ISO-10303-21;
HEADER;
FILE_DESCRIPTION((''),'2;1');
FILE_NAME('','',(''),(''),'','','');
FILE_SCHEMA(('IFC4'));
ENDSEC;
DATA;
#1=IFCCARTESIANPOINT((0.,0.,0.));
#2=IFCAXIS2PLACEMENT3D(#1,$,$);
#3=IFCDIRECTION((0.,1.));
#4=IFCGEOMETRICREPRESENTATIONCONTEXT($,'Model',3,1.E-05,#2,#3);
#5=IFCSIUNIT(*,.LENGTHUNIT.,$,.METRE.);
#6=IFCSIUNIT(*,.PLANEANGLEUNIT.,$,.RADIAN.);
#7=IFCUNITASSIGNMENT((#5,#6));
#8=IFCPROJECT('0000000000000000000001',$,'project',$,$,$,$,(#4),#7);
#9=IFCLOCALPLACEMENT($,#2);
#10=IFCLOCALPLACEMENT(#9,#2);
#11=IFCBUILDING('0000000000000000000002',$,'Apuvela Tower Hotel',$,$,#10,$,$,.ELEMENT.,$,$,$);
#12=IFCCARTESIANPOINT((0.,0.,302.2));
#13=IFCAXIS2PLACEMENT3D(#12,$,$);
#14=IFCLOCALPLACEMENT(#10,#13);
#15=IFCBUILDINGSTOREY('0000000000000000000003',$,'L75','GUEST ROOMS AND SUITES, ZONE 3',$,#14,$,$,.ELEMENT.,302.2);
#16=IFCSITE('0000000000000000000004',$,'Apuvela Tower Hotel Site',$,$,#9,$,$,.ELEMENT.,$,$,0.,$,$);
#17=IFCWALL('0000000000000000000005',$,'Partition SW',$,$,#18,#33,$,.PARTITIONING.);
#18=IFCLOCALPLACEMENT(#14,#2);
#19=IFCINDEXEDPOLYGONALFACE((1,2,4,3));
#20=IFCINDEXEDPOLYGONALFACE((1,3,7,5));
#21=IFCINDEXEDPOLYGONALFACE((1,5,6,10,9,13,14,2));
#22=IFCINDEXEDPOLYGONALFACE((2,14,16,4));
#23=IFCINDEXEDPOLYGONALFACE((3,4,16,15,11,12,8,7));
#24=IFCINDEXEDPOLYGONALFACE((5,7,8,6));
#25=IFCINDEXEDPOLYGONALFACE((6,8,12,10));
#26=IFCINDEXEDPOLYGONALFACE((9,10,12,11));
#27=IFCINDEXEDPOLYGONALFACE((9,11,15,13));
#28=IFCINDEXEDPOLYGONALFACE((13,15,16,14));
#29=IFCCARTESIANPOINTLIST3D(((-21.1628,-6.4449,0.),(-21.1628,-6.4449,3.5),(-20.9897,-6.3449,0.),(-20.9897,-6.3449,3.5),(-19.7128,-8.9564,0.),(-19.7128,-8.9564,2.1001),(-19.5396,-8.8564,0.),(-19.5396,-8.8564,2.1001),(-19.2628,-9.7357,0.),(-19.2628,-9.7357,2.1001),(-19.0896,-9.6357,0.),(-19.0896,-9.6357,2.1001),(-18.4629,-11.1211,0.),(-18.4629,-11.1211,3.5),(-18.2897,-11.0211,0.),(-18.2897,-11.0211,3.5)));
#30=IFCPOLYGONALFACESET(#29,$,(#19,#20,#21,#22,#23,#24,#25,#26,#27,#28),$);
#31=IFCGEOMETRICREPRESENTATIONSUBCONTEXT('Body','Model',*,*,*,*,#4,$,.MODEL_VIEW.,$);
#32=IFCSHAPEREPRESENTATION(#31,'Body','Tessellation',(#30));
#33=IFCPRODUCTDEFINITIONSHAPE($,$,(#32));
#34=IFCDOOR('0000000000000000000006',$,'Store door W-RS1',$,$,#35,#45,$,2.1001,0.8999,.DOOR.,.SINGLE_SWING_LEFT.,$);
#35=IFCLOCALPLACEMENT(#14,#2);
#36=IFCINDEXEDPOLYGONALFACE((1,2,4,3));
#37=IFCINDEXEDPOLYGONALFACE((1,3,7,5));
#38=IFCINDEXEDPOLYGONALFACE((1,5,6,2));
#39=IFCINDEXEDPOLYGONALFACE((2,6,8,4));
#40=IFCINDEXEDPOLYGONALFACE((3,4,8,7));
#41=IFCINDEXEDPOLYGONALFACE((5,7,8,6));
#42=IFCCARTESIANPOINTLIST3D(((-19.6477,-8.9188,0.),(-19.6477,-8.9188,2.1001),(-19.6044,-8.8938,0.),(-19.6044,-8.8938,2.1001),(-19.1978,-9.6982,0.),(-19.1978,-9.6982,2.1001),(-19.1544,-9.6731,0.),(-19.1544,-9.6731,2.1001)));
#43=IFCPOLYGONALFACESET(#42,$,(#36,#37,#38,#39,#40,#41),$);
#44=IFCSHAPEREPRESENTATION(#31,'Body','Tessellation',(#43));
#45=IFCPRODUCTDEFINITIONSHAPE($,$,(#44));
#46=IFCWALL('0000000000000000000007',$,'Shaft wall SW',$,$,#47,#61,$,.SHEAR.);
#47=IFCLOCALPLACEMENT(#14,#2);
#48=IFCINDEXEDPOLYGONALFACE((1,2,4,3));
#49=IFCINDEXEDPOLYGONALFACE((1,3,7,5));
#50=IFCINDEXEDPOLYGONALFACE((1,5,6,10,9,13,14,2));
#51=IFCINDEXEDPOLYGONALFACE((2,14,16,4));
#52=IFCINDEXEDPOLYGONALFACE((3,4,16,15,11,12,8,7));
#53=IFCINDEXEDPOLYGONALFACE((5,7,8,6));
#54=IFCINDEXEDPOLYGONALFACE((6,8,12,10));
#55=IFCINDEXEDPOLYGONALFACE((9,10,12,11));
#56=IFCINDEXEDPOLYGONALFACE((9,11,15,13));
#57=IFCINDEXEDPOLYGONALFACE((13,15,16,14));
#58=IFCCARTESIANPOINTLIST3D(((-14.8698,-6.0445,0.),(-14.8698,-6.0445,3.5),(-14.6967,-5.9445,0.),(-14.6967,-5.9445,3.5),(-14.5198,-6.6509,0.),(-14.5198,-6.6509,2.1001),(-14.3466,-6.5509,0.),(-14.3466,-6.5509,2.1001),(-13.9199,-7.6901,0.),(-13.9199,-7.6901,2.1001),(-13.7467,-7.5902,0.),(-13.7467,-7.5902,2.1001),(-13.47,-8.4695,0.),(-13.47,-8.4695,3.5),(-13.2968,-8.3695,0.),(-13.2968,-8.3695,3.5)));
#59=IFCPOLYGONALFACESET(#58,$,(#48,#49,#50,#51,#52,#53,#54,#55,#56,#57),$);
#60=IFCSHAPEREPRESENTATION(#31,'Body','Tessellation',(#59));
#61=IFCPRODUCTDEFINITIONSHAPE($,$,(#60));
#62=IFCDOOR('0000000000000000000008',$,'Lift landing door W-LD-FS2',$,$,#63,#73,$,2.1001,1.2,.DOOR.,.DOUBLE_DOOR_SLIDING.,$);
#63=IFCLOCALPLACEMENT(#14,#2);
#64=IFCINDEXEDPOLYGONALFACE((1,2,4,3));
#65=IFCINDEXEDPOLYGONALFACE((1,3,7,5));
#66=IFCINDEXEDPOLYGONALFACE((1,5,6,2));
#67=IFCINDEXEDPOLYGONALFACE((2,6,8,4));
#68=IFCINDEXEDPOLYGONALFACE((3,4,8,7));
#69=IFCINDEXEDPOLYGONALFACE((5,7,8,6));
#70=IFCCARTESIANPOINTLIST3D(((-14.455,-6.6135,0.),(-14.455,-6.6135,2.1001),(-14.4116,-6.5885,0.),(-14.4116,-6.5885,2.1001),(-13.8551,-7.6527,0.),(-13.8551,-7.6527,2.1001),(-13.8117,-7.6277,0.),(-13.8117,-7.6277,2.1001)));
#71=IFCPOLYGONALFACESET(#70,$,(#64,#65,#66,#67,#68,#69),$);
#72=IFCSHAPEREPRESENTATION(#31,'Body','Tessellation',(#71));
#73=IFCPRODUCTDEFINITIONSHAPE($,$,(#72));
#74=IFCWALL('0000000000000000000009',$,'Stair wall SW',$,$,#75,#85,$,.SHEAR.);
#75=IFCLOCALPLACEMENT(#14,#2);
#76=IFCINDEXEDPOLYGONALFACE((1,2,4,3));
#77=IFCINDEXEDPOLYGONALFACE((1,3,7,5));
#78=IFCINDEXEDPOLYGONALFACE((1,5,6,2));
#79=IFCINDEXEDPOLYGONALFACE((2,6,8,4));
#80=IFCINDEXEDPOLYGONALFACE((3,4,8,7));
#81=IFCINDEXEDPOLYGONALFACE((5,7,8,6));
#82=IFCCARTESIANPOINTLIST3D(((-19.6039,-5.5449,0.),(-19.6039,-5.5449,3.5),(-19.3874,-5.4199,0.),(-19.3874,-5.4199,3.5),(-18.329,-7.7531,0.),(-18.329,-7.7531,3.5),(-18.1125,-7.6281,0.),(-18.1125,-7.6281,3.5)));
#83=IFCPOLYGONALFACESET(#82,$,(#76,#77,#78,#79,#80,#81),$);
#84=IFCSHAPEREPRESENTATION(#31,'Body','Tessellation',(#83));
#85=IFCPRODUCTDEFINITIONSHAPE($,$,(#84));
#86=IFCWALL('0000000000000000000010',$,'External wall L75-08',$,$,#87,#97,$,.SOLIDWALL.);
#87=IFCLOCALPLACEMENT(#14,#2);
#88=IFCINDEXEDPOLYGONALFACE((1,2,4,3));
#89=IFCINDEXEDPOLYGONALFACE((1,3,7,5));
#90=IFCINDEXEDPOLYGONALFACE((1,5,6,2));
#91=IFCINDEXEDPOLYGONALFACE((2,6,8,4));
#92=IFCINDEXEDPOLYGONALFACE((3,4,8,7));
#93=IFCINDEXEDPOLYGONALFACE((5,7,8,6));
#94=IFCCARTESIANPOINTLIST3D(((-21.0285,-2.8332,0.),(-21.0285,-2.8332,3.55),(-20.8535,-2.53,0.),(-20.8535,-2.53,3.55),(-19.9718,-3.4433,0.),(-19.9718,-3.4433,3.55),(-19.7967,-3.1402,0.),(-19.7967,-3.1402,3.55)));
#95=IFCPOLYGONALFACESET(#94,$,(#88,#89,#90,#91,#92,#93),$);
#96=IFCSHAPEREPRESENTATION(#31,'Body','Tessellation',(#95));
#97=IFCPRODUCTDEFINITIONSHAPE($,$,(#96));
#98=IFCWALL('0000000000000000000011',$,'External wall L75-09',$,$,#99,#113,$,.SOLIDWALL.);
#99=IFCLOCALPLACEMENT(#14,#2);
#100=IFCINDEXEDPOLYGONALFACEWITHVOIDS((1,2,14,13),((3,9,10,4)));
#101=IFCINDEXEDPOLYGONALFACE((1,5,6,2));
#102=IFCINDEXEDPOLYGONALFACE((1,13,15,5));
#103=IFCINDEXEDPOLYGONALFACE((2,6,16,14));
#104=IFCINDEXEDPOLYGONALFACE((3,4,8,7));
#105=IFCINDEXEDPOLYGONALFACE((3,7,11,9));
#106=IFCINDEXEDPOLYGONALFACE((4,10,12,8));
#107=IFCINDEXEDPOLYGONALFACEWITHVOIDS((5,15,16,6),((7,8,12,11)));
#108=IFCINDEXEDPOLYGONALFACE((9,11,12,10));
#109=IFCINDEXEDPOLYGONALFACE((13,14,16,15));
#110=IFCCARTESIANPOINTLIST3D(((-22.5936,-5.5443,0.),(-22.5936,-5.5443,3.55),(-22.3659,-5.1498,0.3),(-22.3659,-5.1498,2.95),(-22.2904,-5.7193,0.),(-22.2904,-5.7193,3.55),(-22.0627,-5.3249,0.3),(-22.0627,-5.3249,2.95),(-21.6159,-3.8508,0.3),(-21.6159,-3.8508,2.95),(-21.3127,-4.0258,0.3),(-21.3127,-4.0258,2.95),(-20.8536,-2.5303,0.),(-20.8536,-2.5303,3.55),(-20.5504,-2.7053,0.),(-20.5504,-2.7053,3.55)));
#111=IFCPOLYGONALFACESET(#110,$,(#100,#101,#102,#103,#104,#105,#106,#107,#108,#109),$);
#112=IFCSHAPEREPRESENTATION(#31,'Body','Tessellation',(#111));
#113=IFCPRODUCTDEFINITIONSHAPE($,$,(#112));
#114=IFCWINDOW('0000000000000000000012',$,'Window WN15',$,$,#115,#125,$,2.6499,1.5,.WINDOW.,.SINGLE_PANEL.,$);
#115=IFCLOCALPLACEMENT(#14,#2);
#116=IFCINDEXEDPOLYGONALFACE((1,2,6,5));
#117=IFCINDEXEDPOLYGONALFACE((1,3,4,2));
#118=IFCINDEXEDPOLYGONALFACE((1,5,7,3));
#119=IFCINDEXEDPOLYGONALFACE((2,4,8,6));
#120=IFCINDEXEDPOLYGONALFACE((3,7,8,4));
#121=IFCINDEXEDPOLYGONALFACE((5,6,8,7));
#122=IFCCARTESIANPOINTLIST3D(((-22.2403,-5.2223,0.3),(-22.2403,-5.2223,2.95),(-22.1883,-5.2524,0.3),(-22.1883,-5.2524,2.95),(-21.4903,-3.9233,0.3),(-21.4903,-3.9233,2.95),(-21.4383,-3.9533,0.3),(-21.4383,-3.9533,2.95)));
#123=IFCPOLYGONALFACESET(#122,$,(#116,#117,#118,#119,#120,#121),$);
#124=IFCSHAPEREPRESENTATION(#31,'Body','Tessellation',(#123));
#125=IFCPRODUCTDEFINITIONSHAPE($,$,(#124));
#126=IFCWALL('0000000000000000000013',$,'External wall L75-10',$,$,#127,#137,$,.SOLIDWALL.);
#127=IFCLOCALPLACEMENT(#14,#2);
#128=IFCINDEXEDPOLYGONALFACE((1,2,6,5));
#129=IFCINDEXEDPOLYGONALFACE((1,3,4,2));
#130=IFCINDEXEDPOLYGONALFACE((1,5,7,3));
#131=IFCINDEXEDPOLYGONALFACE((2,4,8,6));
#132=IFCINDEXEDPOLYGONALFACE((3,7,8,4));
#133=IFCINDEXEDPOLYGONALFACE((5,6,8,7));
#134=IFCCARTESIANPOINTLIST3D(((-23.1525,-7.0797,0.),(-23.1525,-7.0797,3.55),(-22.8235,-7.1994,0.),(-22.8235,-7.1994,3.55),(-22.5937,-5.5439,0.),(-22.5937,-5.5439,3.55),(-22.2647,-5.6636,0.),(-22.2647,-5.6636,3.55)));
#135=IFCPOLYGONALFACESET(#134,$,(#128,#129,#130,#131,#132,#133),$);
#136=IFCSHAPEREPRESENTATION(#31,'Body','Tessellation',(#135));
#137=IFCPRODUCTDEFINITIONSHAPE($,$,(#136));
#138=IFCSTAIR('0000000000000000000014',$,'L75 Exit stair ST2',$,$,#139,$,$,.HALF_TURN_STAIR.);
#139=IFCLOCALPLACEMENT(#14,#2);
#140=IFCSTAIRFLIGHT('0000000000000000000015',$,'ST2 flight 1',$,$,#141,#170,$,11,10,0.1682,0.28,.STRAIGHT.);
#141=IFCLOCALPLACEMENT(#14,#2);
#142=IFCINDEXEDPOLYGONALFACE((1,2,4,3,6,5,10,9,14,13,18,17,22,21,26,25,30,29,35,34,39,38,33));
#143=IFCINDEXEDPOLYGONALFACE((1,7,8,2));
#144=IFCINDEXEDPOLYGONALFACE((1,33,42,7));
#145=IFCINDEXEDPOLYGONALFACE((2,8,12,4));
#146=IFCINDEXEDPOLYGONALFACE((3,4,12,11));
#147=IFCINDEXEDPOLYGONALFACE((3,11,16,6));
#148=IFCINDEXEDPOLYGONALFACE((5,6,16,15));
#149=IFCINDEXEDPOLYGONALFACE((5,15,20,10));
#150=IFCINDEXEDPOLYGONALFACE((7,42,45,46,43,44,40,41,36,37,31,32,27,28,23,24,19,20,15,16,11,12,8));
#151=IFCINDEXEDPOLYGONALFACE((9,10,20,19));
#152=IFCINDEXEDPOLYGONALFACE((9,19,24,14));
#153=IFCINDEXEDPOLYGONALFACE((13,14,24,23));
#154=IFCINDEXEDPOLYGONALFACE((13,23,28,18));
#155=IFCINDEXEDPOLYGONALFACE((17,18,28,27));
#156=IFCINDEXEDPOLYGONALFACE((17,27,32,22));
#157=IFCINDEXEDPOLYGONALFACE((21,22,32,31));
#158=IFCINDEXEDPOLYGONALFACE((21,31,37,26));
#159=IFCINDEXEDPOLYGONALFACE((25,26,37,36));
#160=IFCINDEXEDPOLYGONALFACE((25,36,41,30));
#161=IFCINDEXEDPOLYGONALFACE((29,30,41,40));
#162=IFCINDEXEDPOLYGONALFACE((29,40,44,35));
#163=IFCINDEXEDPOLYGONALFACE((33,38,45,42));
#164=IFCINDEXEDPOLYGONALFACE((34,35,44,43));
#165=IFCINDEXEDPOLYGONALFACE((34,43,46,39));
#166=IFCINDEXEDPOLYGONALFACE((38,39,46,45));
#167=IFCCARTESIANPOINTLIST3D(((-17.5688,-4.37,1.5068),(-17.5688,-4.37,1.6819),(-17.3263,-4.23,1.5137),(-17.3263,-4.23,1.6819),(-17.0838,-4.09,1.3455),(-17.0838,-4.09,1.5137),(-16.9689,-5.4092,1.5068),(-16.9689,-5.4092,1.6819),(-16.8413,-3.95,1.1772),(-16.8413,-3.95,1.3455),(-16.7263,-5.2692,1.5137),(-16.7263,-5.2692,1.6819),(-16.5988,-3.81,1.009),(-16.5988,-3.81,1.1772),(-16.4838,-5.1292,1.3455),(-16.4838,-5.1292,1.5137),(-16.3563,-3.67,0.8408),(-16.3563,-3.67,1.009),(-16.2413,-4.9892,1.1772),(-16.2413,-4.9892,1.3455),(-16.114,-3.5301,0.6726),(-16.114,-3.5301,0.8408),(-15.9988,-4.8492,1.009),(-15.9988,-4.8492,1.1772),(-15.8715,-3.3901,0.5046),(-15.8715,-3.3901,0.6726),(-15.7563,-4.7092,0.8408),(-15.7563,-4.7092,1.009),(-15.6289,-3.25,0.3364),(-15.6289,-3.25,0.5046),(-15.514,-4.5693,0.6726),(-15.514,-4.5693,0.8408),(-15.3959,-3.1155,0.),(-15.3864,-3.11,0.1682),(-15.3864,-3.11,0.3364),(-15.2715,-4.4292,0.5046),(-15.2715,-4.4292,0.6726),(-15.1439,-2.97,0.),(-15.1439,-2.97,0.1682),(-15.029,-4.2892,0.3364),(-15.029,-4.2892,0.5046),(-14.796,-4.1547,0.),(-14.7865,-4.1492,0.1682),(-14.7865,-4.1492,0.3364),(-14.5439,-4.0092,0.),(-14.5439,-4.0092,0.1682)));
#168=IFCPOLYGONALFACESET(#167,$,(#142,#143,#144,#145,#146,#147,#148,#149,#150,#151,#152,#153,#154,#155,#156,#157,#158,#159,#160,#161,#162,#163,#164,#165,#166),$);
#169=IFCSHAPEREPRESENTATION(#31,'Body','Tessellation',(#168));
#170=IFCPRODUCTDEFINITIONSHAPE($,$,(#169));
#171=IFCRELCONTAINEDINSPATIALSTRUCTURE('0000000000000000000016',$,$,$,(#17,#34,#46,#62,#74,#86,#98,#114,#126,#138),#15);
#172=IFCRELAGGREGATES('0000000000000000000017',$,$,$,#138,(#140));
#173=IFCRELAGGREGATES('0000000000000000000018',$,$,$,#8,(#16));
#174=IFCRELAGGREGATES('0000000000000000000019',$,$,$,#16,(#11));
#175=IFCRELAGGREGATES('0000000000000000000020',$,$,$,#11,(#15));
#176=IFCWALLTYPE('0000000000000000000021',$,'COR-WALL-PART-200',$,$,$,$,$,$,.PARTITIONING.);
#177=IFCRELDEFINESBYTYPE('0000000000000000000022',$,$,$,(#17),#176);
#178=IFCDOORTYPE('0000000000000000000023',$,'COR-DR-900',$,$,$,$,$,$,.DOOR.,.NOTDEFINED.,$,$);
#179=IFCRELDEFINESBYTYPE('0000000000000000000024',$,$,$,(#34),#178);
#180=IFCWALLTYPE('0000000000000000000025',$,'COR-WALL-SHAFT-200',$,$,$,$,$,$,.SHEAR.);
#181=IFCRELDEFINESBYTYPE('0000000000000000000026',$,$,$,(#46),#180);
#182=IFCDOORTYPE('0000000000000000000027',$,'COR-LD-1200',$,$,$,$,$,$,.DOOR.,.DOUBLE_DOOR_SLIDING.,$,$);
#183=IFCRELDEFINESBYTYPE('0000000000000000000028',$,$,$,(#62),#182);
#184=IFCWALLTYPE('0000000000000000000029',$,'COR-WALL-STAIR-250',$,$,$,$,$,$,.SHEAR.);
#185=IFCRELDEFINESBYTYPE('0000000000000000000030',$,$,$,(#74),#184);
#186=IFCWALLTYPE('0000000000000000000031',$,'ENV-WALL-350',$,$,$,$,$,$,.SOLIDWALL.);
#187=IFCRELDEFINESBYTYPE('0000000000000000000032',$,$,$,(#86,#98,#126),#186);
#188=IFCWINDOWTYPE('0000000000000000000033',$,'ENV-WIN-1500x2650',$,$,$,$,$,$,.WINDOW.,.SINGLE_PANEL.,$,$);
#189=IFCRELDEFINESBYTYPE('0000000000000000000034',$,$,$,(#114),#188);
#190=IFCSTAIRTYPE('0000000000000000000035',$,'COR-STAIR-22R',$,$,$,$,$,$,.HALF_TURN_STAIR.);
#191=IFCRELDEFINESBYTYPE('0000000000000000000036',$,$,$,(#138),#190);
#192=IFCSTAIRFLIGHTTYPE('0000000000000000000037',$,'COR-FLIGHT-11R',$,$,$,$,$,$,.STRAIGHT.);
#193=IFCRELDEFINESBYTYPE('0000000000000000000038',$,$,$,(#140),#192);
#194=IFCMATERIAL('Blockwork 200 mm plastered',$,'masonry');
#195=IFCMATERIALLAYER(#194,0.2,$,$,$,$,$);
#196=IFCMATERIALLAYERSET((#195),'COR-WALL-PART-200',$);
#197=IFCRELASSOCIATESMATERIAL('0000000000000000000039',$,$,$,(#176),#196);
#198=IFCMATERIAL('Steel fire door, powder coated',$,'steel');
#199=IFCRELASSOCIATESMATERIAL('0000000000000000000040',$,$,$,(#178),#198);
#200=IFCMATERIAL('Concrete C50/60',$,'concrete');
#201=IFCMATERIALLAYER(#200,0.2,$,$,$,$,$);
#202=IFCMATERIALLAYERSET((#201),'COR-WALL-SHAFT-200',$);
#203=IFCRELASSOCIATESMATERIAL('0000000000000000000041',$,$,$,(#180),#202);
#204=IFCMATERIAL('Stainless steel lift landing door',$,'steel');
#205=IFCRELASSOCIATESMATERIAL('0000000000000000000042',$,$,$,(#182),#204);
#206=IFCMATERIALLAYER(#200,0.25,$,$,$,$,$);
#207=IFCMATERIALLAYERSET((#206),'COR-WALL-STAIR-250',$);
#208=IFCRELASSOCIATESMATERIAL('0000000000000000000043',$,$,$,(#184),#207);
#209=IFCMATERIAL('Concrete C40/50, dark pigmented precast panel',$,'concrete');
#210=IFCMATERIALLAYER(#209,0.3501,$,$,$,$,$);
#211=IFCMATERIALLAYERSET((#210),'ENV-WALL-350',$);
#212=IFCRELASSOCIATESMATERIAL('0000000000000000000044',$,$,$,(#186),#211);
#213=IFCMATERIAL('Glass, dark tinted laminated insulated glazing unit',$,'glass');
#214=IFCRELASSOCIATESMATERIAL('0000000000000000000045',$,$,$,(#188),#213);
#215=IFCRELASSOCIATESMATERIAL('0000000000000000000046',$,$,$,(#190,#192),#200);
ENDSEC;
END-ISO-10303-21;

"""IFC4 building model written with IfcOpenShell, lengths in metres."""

from ifc_helpers import new_model, si_unit, direction, frame, frame_2d, origin, place, context, subcontext, project, spatial, polyline, rectangle, outline, extrude, material, layer, layer_set, type_object, element, fill, aggregate, save


model = new_model("IFC4")

# Units and contexts
model_context = context("Model", 3, precision=1e-05, world=origin(), true_north=direction((0.0, 1.0)))
body_context = subcontext(model_context, "Body", "Model", "MODEL_VIEW")
ifc_project = project(units=[si_unit("LENGTHUNIT", "METRE"), si_unit("PLANEANGLEUNIT", "RADIAN")], contexts=[model_context])

# Site, building, storey
site_placement = place(None, origin())
site = spatial("IfcSite", under=ifc_project, at=site_placement, Name="Apuvela Tower Hotel Site", CompositionType="ELEMENT", RefElevation=0.0)
building_placement = place(site_placement, origin())
building = spatial("IfcBuilding", under=site, at=building_placement, Name="Apuvela Tower Hotel", CompositionType="ELEMENT")
storey_placement = place(building_placement, frame((0.0, 0.0, 302.2)))
storey = spatial("IfcBuildingStorey", under=building, at=storey_placement, Name="L75", Description="GUEST ROOMS AND SUITES, ZONE 3", CompositionType="ELEMENT", Elevation=302.2)

# Shared definitions
ifc_material_1 = material(Name="Concrete C50/60", Category="concrete")
ifc_material_2 = material(Name="Steel fire door, powder coated", Category="steel")

# Walls, openings, doors
ifc_material_3 = material(Name="Blockwork 200 mm plastered", Category="masonry")
ifc_layer_1 = layer(ifc_material_3, 0.2)
ifc_layer_set_1 = layer_set([ifc_layer_1], Name="COR-WALL-PART-200")
wall_type_1 = type_object("IfcWallType", Name="COR-WALL-PART-200", PredefinedType="PARTITIONING", material=ifc_layer_set_1)
wall_1_placement = place(storey_placement, frame((-21.0762, -6.395, 0.0), z_axis=(0.0, 0.0, 1.0), x_axis=(0.500015, -0.866017, 0.0)))
wall_1 = element("IfcWall", 1, at=wall_1_placement, inside=storey, type_object=wall_type_1, Name="Partition SW", PredefinedType="PARTITIONING", context=body_context, shape_type="SweptSolid", body=[
    extrude(rectangle(XDim=5.3997, YDim=0.2, at=frame_2d((2.6997, 0.0))), origin(), (0.0, 0.0, 1.0), 3.5),
])
opening_1_placement = place(wall_1_placement, frame((2.8999, 0.0, 0.0)))
opening_1 = element("IfcOpeningElement", 2, at=opening_1_placement, cuts=wall_1, PredefinedType="OPENING", context=body_context, shape_type="SweptSolid", body=[
    extrude(rectangle(XDim=0.8999, YDim=2.1001, at=frame_2d((0.45, 1.05))), frame((0.0, 0.1099, 0.0), z_axis=(0.0, -1.0, 0.0), x_axis=(1.0, 0.0, 0.0)), (0.0, 0.0, 1.0), 0.22),
])
door_type_1 = type_object("IfcDoorType", Name="COR-DR-900", OperationType="NOTDEFINED", PredefinedType="DOOR", material=ifc_material_2)
door_1_placement = place(opening_1_placement, frame((0.8999, 0.0, 0.0), z_axis=(0.0, 0.0, 1.0), x_axis=(-1.0, 0.0, 0.0)))
door_1 = element("IfcDoor", 3, at=door_1_placement, inside=storey, type_object=door_type_1, Name="Store door W-RS1", OperationType="SINGLE_SWING_LEFT", OverallHeight=2.1001, OverallWidth=0.8999, PredefinedType="DOOR", context=body_context, shape_type="SweptSolid", body=[
    extrude(rectangle(XDim=0.8999, YDim=2.1001, at=frame_2d((0.45, 1.05))), frame((0.0, 0.0249, 0.0), z_axis=(0.0, -1.0, 0.0), x_axis=(1.0, 0.0, 0.0)), (0.0, 0.0, 1.0), 0.05),
])
fill(opening_1, door_1)
ifc_layer_2 = layer(ifc_material_1, 0.2)
ifc_layer_set_2 = layer_set([ifc_layer_2], Name="COR-WALL-SHAFT-200")
wall_type_2 = type_object("IfcWallType", Name="COR-WALL-SHAFT-200", PredefinedType="SHEAR", material=ifc_layer_set_2)
wall_2_placement = place(storey_placement, frame((-14.7832, -5.9946, 0.0), z_axis=(0.0, 0.0, 1.0), x_axis=(0.499946, -0.866056, 0.0)))
wall_2 = element("IfcWall", 4, at=wall_2_placement, inside=storey, type_object=wall_type_2, Name="Shaft wall SW", PredefinedType="SHEAR", context=body_context, shape_type="SweptSolid", body=[
    extrude(rectangle(XDim=2.8, YDim=0.2, at=frame_2d((1.3999, 0.0))), origin(), (0.0, 0.0, 1.0), 3.5),
])
opening_2_placement = place(wall_2_placement, frame((0.7, 0.0, 0.0)))
opening_2 = element("IfcOpeningElement", 5, at=opening_2_placement, cuts=wall_2, PredefinedType="OPENING", context=body_context, shape_type="SweptSolid", body=[
    extrude(rectangle(XDim=1.2, YDim=2.1001, at=frame_2d((0.6001, 1.05))), frame((0.0, 0.1099, 0.0), z_axis=(0.0, -1.0, 0.0), x_axis=(1.0, 0.0, 0.0)), (0.0, 0.0, 1.0), 0.22),
])
ifc_material_4 = material(Name="Stainless steel lift landing door", Category="steel")
door_type_2 = type_object("IfcDoorType", Name="COR-LD-1200", OperationType="DOUBLE_DOOR_SLIDING", PredefinedType="DOOR", material=ifc_material_4)
door_2_placement = place(opening_2_placement, origin())
door_2 = element("IfcDoor", 6, at=door_2_placement, inside=storey, type_object=door_type_2, Name="Lift landing door W-LD-FS2", OperationType="DOUBLE_DOOR_SLIDING", OverallHeight=2.1001, OverallWidth=1.2, PredefinedType="DOOR", context=body_context, shape_type="SweptSolid", body=[
    extrude(rectangle(XDim=1.2, YDim=2.1001, at=frame_2d((0.6001, 1.05))), frame((0.0, 0.0249, 0.0), z_axis=(0.0, -1.0, 0.0), x_axis=(1.0, 0.0, 0.0)), (0.0, 0.0, 1.0), 0.05),
])
fill(opening_2, door_2)

# Walls
ifc_layer_3 = layer(ifc_material_1, 0.25)
ifc_layer_set_3 = layer_set([ifc_layer_3], Name="COR-WALL-STAIR-250")
wall_type_3 = type_object("IfcWallType", Name="COR-WALL-STAIR-250", PredefinedType="SHEAR", material=ifc_layer_set_3)
wall_3_placement = place(storey_placement, frame((-19.4956, -5.4824, 0.0), z_axis=(0.0, 0.0, 1.0), x_axis=(0.49999, -0.866031, 0.0)))
element("IfcWall", 7, at=wall_3_placement, inside=storey, type_object=wall_type_3, Name="Stair wall SW", PredefinedType="SHEAR", context=body_context, shape_type="SweptSolid", body=[
    extrude(rectangle(XDim=2.5498, YDim=0.25, at=frame_2d((1.2749, 0.0))), origin(), (0.0, 0.0, 1.0), 3.5),
])
ifc_material_5 = material(Name="Concrete C40/50, dark pigmented precast panel", Category="concrete")
ifc_layer_4 = layer(ifc_material_5, 0.3501)
ifc_layer_set_4 = layer_set([ifc_layer_4], Name="ENV-WALL-350")
wall_type_4 = type_object("IfcWallType", Name="ENV-WALL-350", PredefinedType="SOLIDWALL", material=ifc_layer_set_4)
wall_4_placement = place(storey_placement, frame((-19.8843, -3.2917, 0.0), z_axis=(0.0, 0.0, 1.0), x_axis=(-0.866006, 0.500034, 0.0)))
element("IfcWall", 8, at=wall_4_placement, inside=storey, type_object=wall_type_4, Name="External wall L75-08", PredefinedType="SOLIDWALL", context=body_context, shape_type="SweptSolid", body=[
    extrude(rectangle(XDim=1.2202, YDim=0.3501, at=frame_2d((0.6101, 0.0))), origin(), (0.0, 0.0, 1.0), 3.55),
])

# Wall, opening, window
wall_5_placement = place(storey_placement, frame((-20.7019, -2.6177, 0.0), z_axis=(0.0, 0.0, 1.0), x_axis=(-0.49998, -0.866037, 0.0)))
wall_5 = element("IfcWall", 9, at=wall_5_placement, inside=storey, type_object=wall_type_4, Name="External wall L75-09", PredefinedType="SOLIDWALL", context=body_context, shape_type="SweptSolid", body=[
    extrude(rectangle(XDim=3.4802, YDim=0.3501, at=frame_2d((1.7402, 0.0))), origin(), (0.0, 0.0, 1.0), 3.55),
])
opening_3_placement = place(wall_5_placement, frame((1.5249, 0.0, 0.3)))
opening_3 = element("IfcOpeningElement", 10, at=opening_3_placement, cuts=wall_5, PredefinedType="OPENING", context=body_context, shape_type="SweptSolid", body=[
    extrude(rectangle(XDim=1.5, YDim=2.6499, at=frame_2d((0.75, 1.325))), frame((0.0, 0.1851, 0.0), z_axis=(0.0, -1.0, 0.0), x_axis=(1.0, 0.0, 0.0)), (0.0, 0.0, 1.0), 0.3701),
])
ifc_material_6 = material(Name="Glass, dark tinted laminated insulated glazing unit", Category="glass")
window_type = type_object("IfcWindowType", Name="ENV-WIN-1500x2650", PartitioningType="SINGLE_PANEL", PredefinedType="WINDOW", material=ifc_material_6)
window_placement = place(opening_3_placement, origin())
window = element("IfcWindow", 11, at=window_placement, inside=storey, type_object=window_type, Name="Window WN15", OverallHeight=2.6499, OverallWidth=1.5, PartitioningType="SINGLE_PANEL", PredefinedType="WINDOW", context=body_context, shape_type="SweptSolid", body=[
    extrude(rectangle(XDim=1.5, YDim=2.6499, at=frame_2d((0.75, 1.325))), frame((0.0, 0.03, 0.0), z_axis=(0.0, -1.0, 0.0), x_axis=(1.0, 0.0, 0.0)), (0.0, 0.0, 1.0), 0.0601),
])
fill(opening_3, window)

# Wall
wall_6_placement = place(storey_placement, frame((-22.4292, -5.6038, 0.0), z_axis=(0.0, 0.0, 1.0), x_axis=(-0.341923, -0.939728, 0.0)))
element("IfcWall", 12, at=wall_6_placement, inside=storey, type_object=wall_type_4, Name="External wall L75-10", PredefinedType="SOLIDWALL", context=body_context, shape_type="SweptSolid", body=[
    extrude(rectangle(XDim=1.6343, YDim=0.3501, at=frame_2d((0.8171, 0.0))), origin(), (0.0, 0.0, 1.0), 3.55),
])

# Stair, stair flight
stair_type = type_object("IfcStairType", Name="COR-STAIR-22R", PredefinedType="HALF_TURN_STAIR", material=ifc_material_1)
stair_placement = place(storey_placement, origin())
stair = element("IfcStair", 13, at=stair_placement, inside=storey, type_object=stair_type, Name="L75 Exit stair ST2", PredefinedType="HALF_TURN_STAIR")
stair_flight_type = type_object("IfcStairFlightType", Name="COR-FLIGHT-11R", PredefinedType="STRAIGHT", material=ifc_material_1)
stair_flight_1_placement = place(storey_placement, frame((-14.844, -3.4895, 0.0), z_axis=(0.0, 0.0, 1.0), x_axis=(-0.866025, -0.5, 0.0)))
stair_flight_1 = element("IfcStairFlight", 14, at=stair_flight_1_placement, type_object=stair_flight_type, Name="ST2 flight 1", NumberOfRisers=11, NumberOfTreads=10, PredefinedType="STRAIGHT", RiserHeight=0.1682, TreadLength=0.28, context=body_context, shape_type="SweptSolid", body=[
    extrude(outline(polyline([(0.0, 0.0), (0.0, 0.1682), (0.28, 0.1682), (0.28, 0.3364), (0.5601, 0.3364), (0.5601, 0.5046), (0.8401, 0.5046), (0.8401, 0.6726), (1.1201, 0.6726), (1.1201, 0.8408), (1.3999, 0.8408), (1.3999, 1.009), (1.6799, 1.009), (1.6799, 1.1772), (1.96, 1.1772), (1.96, 1.3455), (2.24, 1.3455), (2.24, 1.5137), (2.52, 1.5137), (2.52, 1.6819), (2.8, 1.6819), (2.8, 1.8501), (2.8, 1.5068), (0.291, 0.0), (0.0, 0.0)])), frame((0.0, 0.6001, 0.0), z_axis=(0.0, -1.0, 0.0), x_axis=(1.0, 0.0, 0.0)), (0.0, 0.0, 1.0), 1.2),
])
aggregate(stair, [stair_flight_1])

save(model, "model.ifc")
